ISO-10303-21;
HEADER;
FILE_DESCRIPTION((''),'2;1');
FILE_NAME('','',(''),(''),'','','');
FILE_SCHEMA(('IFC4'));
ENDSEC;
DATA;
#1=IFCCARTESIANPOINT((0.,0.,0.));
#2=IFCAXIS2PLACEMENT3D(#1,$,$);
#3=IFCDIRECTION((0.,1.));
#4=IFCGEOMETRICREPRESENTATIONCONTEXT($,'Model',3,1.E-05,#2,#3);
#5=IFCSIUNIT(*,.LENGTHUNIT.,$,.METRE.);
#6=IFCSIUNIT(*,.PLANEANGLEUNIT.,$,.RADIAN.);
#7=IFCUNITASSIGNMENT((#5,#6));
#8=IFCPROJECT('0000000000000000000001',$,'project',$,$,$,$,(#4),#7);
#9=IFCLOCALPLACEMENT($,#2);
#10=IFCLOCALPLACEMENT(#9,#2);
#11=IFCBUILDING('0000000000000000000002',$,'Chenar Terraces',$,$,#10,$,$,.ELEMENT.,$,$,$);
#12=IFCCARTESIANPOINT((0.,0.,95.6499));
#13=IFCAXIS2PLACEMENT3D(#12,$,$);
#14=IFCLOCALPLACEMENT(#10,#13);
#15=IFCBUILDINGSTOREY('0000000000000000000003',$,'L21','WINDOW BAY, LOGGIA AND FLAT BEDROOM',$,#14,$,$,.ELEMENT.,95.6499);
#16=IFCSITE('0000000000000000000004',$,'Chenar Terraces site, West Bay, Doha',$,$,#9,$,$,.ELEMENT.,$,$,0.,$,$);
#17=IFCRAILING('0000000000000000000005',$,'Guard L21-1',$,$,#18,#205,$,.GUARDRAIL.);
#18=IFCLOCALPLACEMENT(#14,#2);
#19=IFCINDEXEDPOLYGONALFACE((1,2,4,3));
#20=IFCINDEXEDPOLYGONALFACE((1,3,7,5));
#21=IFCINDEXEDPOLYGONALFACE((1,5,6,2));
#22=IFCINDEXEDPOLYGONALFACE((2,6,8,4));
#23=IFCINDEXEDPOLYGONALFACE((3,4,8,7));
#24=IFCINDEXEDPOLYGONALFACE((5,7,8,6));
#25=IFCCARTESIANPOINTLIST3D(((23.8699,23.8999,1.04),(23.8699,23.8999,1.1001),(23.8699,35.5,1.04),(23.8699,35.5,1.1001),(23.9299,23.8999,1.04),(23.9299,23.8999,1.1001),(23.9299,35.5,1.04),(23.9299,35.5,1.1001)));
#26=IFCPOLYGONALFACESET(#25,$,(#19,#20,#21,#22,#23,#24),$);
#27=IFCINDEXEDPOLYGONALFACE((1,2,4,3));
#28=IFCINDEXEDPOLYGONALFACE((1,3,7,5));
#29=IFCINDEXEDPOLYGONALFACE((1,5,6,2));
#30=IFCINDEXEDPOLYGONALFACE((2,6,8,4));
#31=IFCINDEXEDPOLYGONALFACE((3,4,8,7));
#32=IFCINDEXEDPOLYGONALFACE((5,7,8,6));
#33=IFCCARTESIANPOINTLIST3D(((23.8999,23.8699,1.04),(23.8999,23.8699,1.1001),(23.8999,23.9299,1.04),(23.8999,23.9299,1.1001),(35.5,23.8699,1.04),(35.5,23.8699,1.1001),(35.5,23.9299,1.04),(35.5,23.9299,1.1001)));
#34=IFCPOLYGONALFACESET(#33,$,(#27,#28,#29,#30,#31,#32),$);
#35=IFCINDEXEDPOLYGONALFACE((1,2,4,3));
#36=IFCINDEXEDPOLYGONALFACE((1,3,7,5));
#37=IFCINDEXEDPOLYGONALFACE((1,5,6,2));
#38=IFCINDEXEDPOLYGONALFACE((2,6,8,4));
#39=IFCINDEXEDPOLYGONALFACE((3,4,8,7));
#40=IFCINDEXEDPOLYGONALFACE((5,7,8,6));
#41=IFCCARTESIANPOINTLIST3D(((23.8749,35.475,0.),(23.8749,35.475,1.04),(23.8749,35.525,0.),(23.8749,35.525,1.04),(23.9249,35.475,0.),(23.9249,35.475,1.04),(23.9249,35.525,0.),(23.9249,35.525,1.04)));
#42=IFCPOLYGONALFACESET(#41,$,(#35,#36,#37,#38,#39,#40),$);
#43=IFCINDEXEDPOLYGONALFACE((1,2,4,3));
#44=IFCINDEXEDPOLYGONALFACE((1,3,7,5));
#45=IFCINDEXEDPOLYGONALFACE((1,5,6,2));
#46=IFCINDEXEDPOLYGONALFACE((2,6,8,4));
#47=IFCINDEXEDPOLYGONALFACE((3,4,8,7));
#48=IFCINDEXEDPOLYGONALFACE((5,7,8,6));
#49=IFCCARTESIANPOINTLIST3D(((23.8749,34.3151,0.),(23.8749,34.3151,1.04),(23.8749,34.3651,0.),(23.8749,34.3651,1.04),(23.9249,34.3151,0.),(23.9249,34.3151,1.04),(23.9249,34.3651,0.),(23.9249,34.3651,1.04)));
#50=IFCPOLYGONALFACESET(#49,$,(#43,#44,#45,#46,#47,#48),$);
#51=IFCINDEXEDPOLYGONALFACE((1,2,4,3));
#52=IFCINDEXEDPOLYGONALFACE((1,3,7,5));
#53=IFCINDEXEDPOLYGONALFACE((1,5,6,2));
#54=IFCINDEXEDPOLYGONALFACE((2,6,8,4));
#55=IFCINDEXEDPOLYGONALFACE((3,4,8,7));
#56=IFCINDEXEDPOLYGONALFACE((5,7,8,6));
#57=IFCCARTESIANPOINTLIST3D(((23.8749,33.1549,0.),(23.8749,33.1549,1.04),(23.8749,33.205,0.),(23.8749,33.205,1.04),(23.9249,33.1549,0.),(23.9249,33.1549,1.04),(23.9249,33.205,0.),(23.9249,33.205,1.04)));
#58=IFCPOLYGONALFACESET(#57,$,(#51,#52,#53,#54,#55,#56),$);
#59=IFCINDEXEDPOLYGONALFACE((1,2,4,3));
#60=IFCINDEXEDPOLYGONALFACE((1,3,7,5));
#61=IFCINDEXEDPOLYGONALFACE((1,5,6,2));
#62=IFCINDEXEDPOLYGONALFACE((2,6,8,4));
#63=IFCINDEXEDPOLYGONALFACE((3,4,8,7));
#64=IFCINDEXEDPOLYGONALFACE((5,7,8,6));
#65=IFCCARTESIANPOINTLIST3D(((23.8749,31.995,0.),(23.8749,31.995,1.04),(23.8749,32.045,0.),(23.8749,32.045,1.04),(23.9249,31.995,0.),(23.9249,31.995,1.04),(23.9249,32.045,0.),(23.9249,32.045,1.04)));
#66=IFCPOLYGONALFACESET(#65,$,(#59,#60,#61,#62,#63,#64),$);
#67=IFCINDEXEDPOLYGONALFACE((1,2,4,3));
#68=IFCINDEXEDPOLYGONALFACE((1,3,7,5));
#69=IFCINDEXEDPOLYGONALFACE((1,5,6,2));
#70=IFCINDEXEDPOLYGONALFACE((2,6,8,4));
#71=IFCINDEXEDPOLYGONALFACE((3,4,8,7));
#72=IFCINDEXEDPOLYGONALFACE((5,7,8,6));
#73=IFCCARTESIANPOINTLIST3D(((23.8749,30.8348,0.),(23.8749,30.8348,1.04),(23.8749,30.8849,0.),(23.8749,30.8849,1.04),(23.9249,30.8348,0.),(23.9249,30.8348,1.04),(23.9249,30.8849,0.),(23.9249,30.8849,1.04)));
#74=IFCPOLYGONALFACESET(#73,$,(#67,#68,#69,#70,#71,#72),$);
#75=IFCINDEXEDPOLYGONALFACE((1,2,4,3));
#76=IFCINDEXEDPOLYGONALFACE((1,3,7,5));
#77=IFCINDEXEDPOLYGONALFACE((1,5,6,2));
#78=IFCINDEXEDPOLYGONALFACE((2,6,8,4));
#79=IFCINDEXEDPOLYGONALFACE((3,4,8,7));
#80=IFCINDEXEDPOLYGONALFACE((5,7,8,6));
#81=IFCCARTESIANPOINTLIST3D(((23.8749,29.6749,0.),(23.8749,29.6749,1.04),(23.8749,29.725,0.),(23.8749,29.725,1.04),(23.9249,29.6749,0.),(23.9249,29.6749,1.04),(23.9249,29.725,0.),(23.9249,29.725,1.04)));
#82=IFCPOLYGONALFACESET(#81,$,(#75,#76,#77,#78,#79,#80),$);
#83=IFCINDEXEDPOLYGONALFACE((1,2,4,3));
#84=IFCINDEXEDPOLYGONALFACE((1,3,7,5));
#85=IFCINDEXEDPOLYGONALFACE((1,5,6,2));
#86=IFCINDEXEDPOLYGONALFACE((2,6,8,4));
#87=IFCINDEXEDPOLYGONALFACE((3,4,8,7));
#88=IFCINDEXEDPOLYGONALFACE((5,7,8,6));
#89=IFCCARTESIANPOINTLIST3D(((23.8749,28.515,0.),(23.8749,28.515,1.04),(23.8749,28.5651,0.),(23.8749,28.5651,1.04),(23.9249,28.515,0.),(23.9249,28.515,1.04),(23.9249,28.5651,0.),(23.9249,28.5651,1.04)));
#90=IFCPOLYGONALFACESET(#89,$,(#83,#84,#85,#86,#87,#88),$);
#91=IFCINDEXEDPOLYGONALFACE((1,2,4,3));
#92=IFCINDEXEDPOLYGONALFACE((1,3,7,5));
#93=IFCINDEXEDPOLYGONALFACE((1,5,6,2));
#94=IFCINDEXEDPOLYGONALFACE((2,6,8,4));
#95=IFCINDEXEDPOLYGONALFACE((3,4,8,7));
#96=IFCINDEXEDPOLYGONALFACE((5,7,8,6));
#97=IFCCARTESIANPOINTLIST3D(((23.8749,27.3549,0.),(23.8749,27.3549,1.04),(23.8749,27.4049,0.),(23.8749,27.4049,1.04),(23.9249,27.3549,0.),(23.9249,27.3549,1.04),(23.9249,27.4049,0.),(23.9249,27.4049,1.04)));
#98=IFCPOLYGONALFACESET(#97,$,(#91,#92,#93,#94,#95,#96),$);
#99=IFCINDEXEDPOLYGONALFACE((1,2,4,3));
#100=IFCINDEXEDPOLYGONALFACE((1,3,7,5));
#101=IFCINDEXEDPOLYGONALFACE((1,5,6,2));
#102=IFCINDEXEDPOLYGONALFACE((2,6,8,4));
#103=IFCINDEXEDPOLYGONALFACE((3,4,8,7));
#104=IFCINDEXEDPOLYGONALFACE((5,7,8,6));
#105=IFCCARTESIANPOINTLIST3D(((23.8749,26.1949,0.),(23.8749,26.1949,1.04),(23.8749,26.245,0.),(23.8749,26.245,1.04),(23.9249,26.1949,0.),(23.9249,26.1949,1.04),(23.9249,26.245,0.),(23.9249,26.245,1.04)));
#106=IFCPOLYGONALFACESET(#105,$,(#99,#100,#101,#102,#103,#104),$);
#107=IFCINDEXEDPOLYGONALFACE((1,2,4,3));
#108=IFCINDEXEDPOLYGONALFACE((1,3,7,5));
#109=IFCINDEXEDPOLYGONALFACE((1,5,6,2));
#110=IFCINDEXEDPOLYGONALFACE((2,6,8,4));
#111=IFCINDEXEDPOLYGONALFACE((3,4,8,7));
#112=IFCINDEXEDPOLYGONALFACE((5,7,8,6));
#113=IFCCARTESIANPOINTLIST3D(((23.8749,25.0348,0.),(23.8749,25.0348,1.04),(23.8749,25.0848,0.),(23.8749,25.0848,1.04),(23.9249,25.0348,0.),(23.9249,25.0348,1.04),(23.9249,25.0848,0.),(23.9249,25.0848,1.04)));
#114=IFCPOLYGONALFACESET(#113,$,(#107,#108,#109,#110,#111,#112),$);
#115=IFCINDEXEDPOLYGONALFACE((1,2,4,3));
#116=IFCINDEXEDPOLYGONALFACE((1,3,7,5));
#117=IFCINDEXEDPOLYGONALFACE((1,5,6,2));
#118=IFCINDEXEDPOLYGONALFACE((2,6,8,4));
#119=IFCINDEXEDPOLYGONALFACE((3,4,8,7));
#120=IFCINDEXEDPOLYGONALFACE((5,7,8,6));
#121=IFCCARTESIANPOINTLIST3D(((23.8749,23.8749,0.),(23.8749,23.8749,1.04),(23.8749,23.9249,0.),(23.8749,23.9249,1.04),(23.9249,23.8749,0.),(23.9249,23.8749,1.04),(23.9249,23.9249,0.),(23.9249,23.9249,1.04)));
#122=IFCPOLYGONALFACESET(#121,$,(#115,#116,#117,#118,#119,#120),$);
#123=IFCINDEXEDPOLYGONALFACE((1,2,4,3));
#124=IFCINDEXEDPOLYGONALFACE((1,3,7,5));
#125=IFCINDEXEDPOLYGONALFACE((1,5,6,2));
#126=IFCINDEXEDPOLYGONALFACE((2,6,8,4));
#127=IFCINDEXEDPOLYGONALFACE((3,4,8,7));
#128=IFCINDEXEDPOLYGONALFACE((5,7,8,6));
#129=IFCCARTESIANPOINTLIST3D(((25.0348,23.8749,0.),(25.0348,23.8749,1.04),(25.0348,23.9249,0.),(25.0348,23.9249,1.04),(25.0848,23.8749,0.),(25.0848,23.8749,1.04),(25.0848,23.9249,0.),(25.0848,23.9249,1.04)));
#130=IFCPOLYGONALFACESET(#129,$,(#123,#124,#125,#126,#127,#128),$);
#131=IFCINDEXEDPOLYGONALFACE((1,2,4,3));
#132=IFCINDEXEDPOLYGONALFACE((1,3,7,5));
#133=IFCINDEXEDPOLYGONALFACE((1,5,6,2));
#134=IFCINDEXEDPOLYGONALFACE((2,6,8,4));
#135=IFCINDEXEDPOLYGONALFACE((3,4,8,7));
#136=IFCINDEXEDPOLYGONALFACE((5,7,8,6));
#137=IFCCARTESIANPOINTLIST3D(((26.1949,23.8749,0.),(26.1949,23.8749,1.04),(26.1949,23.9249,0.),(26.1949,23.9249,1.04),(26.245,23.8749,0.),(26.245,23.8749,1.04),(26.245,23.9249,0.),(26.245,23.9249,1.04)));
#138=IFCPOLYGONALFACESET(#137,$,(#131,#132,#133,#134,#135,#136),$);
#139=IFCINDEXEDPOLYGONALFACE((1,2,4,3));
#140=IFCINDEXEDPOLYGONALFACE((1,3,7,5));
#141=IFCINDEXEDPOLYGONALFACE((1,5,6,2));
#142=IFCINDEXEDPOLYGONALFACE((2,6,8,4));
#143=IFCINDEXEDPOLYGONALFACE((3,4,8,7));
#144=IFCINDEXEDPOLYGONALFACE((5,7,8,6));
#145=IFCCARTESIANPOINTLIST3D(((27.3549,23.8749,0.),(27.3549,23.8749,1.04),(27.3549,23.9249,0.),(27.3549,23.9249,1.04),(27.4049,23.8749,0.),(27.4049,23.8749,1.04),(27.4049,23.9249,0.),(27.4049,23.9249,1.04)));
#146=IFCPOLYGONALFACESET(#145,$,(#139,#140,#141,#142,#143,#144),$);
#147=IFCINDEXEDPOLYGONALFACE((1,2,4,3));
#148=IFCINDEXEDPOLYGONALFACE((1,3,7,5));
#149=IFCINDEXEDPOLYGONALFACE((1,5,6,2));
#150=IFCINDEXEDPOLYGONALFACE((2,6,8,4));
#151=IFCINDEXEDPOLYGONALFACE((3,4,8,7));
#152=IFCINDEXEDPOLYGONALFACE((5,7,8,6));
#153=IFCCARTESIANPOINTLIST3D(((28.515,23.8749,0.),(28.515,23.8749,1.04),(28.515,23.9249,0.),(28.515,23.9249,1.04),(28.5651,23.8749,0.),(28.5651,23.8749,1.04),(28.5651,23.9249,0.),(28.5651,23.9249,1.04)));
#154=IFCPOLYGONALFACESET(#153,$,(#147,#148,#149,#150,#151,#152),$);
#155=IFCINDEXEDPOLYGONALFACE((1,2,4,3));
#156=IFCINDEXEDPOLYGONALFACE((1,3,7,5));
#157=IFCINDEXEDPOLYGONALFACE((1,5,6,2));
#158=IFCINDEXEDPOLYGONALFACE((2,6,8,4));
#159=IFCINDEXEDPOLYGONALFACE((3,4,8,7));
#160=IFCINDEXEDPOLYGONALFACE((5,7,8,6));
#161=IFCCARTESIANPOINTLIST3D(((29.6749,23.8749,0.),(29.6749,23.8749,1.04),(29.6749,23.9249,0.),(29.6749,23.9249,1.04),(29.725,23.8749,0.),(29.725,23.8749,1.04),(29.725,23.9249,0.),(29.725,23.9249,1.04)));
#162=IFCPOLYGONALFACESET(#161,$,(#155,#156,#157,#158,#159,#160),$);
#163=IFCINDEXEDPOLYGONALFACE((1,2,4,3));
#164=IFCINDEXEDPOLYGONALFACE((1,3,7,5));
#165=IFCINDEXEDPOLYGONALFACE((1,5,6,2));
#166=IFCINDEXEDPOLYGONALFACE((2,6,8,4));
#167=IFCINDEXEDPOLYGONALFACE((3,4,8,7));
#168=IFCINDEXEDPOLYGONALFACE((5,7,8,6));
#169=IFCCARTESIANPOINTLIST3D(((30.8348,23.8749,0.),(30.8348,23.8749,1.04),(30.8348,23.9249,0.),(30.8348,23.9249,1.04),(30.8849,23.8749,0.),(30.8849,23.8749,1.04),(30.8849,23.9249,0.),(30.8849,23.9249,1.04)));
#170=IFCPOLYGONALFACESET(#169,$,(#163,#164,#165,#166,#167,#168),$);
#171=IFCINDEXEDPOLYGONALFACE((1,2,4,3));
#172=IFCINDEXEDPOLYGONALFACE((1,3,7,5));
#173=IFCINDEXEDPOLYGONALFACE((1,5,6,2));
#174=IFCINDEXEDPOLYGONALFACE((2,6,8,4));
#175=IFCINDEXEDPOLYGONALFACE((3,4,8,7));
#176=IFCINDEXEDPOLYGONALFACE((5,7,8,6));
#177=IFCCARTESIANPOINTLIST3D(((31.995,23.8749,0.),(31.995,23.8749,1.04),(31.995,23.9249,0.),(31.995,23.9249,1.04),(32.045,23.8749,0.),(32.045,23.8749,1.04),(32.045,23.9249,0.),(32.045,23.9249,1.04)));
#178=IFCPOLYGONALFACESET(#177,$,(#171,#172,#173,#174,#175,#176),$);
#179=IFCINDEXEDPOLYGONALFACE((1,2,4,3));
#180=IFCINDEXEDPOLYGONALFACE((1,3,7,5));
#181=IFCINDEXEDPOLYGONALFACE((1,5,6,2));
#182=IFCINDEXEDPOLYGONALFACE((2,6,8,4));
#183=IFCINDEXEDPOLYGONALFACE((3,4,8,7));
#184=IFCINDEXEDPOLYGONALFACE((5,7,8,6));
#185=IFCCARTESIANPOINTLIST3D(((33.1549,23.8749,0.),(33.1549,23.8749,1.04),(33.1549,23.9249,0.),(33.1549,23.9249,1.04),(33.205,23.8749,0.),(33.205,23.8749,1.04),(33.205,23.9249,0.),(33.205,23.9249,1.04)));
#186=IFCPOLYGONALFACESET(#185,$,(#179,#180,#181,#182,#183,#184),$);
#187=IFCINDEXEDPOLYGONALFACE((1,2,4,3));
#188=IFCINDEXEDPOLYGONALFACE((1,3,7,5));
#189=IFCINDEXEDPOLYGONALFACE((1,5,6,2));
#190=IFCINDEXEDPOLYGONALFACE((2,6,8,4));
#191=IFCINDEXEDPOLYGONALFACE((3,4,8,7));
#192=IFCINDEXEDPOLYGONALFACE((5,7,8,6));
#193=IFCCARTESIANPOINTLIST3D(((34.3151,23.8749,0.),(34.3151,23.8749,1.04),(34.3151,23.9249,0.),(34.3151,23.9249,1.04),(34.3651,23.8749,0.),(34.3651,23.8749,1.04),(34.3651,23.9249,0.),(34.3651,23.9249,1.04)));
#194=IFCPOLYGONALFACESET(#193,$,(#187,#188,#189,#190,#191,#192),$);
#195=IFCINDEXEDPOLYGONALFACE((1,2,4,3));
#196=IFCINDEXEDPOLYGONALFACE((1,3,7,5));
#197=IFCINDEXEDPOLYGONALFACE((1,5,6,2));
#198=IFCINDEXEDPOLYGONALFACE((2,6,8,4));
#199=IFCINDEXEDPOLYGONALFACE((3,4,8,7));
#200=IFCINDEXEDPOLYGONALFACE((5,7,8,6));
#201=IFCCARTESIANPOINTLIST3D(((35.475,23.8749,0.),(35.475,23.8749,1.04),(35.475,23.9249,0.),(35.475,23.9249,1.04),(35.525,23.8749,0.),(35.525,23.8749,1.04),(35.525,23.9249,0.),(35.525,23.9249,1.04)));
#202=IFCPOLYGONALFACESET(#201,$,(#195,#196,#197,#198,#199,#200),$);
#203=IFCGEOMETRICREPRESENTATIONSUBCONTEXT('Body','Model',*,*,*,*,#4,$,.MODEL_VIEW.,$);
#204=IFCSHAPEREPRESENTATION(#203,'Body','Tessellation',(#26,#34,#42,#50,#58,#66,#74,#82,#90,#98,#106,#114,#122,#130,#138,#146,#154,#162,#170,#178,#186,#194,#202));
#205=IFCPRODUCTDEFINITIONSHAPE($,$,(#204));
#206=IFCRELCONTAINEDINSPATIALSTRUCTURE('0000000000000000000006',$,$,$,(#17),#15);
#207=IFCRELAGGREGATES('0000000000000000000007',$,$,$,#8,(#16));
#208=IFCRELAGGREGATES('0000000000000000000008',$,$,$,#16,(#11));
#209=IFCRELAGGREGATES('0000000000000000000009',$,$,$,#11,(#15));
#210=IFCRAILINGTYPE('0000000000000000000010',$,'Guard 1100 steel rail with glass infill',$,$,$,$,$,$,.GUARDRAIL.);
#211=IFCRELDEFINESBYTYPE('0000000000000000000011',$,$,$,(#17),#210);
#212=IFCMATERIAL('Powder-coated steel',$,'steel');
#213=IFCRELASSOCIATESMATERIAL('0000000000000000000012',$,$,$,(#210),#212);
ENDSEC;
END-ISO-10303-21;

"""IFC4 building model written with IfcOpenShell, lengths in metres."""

from ifc_helpers import new_model, si_unit, direction, frame, origin, origin_2d, place, context, subcontext, project, spatial, rectangle, extrude, material, type_object, element, save


model = new_model("IFC4")

# Units and contexts
model_context = context("Model", 3, precision=1e-05, world=origin(), true_north=direction((0.0, 1.0)))
body_context = subcontext(model_context, "Body", "Model", "MODEL_VIEW")
ifc_project = project(units=[si_unit("LENGTHUNIT", "METRE"), si_unit("PLANEANGLEUNIT", "RADIAN")], contexts=[model_context])

# Site, building, storey
site_placement = place(None, origin())
site = spatial("IfcSite", under=ifc_project, at=site_placement, Name="Chenar Terraces site, West Bay, Doha", CompositionType="ELEMENT", RefElevation=0.0)
building_placement = place(site_placement, origin())
building = spatial("IfcBuilding", under=site, at=building_placement, Name="Chenar Terraces", CompositionType="ELEMENT")
storey_placement = place(building_placement, frame((0.0, 0.0, 95.6499)))
storey = spatial("IfcBuildingStorey", under=building, at=storey_placement, Name="L21", Description="WINDOW BAY, LOGGIA AND FLAT BEDROOM", CompositionType="ELEMENT", Elevation=95.6499)

# Railing
ifc_material_1 = material(Name="Powder-coated steel", Category="steel")
railing_type = type_object("IfcRailingType", Name="Guard 1100 steel rail with glass infill", PredefinedType="GUARDRAIL", material=ifc_material_1)
railing_placement = place(storey_placement, frame((23.8999, 35.5, 0.0)))
element("IfcRailing", 1, at=railing_placement, inside=storey, type_object=railing_type, Name="Guard L21-1", PredefinedType="GUARDRAIL", context=body_context, shape_type="SweptSolid", body=[
    extrude(rectangle(XDim=0.0601, YDim=0.0601, at=origin_2d()), frame((0.0, 0.0, 1.0701), z_axis=(0.0, -1.0, 0.0), x_axis=(1.0, 0.0, 0.0)), (0.0, 0.0, 1.0), 11.6001),
    extrude(rectangle(XDim=0.0601, YDim=0.0601, at=origin_2d()), frame((0.0, -11.6001, 1.0701), z_axis=(1.0, 0.0, 0.0), x_axis=(0.0, 1.0, 0.0)), (0.0, 0.0, 1.0), 11.6001),
    extrude(rectangle(XDim=0.05, YDim=0.05, at=origin_2d()), origin(), (0.0, 0.0, 1.0), 1.04),
    extrude(rectangle(XDim=0.05, YDim=0.05, at=origin_2d()), frame((0.0, -1.1599, 0.0)), (0.0, 0.0, 1.0), 1.04),
    extrude(rectangle(XDim=0.05, YDim=0.05, at=origin_2d()), frame((0.0, -2.3201, 0.0)), (0.0, 0.0, 1.0), 1.04),
    extrude(rectangle(XDim=0.05, YDim=0.05, at=origin_2d()), frame((0.0, -3.48, 0.0)), (0.0, 0.0, 1.0), 1.04),
    extrude(rectangle(XDim=0.05, YDim=0.05, at=origin_2d()), frame((0.0, -4.6401, 0.0)), (0.0, 0.0, 1.0), 1.04),
    extrude(rectangle(XDim=0.05, YDim=0.05, at=origin_2d()), frame((0.0, -5.8, 0.0)), (0.0, 0.0, 1.0), 1.04),
    extrude(rectangle(XDim=0.05, YDim=0.05, at=origin_2d()), frame((0.0, -6.96, 0.0)), (0.0, 0.0, 1.0), 1.04),
    extrude(rectangle(XDim=0.05, YDim=0.05, at=origin_2d()), frame((0.0, -8.1201, 0.0)), (0.0, 0.0, 1.0), 1.04),
    extrude(rectangle(XDim=0.05, YDim=0.05, at=origin_2d()), frame((0.0, -9.28, 0.0)), (0.0, 0.0, 1.0), 1.04),
    extrude(rectangle(XDim=0.05, YDim=0.05, at=origin_2d()), frame((0.0, -10.4402, 0.0)), (0.0, 0.0, 1.0), 1.04),
    extrude(rectangle(XDim=0.05, YDim=0.05, at=origin_2d()), frame((0.0, -11.6001, 0.0)), (0.0, 0.0, 1.0), 1.04),
    extrude(rectangle(XDim=0.05, YDim=0.05, at=origin_2d()), frame((1.1599, -11.6001, 0.0)), (0.0, 0.0, 1.0), 1.04),
    extrude(rectangle(XDim=0.05, YDim=0.05, at=origin_2d()), frame((2.3201, -11.6001, 0.0)), (0.0, 0.0, 1.0), 1.04),
    extrude(rectangle(XDim=0.05, YDim=0.05, at=origin_2d()), frame((3.48, -11.6001, 0.0)), (0.0, 0.0, 1.0), 1.04),
    extrude(rectangle(XDim=0.05, YDim=0.05, at=origin_2d()), frame((4.6401, -11.6001, 0.0)), (0.0, 0.0, 1.0), 1.04),
    extrude(rectangle(XDim=0.05, YDim=0.05, at=origin_2d()), frame((5.8, -11.6001, 0.0)), (0.0, 0.0, 1.0), 1.04),
    extrude(rectangle(XDim=0.05, YDim=0.05, at=origin_2d()), frame((6.96, -11.6001, 0.0)), (0.0, 0.0, 1.0), 1.04),
    extrude(rectangle(XDim=0.05, YDim=0.05, at=origin_2d()), frame((8.1201, -11.6001, 0.0)), (0.0, 0.0, 1.0), 1.04),
    extrude(rectangle(XDim=0.05, YDim=0.05, at=origin_2d()), frame((9.28, -11.6001, 0.0)), (0.0, 0.0, 1.0), 1.04),
    extrude(rectangle(XDim=0.05, YDim=0.05, at=origin_2d()), frame((10.4402, -11.6001, 0.0)), (0.0, 0.0, 1.0), 1.04),
    extrude(rectangle(XDim=0.05, YDim=0.05, at=origin_2d()), frame((11.6001, -11.6001, 0.0)), (0.0, 0.0, 1.0), 1.04),
])

save(model, "model.ifc")
